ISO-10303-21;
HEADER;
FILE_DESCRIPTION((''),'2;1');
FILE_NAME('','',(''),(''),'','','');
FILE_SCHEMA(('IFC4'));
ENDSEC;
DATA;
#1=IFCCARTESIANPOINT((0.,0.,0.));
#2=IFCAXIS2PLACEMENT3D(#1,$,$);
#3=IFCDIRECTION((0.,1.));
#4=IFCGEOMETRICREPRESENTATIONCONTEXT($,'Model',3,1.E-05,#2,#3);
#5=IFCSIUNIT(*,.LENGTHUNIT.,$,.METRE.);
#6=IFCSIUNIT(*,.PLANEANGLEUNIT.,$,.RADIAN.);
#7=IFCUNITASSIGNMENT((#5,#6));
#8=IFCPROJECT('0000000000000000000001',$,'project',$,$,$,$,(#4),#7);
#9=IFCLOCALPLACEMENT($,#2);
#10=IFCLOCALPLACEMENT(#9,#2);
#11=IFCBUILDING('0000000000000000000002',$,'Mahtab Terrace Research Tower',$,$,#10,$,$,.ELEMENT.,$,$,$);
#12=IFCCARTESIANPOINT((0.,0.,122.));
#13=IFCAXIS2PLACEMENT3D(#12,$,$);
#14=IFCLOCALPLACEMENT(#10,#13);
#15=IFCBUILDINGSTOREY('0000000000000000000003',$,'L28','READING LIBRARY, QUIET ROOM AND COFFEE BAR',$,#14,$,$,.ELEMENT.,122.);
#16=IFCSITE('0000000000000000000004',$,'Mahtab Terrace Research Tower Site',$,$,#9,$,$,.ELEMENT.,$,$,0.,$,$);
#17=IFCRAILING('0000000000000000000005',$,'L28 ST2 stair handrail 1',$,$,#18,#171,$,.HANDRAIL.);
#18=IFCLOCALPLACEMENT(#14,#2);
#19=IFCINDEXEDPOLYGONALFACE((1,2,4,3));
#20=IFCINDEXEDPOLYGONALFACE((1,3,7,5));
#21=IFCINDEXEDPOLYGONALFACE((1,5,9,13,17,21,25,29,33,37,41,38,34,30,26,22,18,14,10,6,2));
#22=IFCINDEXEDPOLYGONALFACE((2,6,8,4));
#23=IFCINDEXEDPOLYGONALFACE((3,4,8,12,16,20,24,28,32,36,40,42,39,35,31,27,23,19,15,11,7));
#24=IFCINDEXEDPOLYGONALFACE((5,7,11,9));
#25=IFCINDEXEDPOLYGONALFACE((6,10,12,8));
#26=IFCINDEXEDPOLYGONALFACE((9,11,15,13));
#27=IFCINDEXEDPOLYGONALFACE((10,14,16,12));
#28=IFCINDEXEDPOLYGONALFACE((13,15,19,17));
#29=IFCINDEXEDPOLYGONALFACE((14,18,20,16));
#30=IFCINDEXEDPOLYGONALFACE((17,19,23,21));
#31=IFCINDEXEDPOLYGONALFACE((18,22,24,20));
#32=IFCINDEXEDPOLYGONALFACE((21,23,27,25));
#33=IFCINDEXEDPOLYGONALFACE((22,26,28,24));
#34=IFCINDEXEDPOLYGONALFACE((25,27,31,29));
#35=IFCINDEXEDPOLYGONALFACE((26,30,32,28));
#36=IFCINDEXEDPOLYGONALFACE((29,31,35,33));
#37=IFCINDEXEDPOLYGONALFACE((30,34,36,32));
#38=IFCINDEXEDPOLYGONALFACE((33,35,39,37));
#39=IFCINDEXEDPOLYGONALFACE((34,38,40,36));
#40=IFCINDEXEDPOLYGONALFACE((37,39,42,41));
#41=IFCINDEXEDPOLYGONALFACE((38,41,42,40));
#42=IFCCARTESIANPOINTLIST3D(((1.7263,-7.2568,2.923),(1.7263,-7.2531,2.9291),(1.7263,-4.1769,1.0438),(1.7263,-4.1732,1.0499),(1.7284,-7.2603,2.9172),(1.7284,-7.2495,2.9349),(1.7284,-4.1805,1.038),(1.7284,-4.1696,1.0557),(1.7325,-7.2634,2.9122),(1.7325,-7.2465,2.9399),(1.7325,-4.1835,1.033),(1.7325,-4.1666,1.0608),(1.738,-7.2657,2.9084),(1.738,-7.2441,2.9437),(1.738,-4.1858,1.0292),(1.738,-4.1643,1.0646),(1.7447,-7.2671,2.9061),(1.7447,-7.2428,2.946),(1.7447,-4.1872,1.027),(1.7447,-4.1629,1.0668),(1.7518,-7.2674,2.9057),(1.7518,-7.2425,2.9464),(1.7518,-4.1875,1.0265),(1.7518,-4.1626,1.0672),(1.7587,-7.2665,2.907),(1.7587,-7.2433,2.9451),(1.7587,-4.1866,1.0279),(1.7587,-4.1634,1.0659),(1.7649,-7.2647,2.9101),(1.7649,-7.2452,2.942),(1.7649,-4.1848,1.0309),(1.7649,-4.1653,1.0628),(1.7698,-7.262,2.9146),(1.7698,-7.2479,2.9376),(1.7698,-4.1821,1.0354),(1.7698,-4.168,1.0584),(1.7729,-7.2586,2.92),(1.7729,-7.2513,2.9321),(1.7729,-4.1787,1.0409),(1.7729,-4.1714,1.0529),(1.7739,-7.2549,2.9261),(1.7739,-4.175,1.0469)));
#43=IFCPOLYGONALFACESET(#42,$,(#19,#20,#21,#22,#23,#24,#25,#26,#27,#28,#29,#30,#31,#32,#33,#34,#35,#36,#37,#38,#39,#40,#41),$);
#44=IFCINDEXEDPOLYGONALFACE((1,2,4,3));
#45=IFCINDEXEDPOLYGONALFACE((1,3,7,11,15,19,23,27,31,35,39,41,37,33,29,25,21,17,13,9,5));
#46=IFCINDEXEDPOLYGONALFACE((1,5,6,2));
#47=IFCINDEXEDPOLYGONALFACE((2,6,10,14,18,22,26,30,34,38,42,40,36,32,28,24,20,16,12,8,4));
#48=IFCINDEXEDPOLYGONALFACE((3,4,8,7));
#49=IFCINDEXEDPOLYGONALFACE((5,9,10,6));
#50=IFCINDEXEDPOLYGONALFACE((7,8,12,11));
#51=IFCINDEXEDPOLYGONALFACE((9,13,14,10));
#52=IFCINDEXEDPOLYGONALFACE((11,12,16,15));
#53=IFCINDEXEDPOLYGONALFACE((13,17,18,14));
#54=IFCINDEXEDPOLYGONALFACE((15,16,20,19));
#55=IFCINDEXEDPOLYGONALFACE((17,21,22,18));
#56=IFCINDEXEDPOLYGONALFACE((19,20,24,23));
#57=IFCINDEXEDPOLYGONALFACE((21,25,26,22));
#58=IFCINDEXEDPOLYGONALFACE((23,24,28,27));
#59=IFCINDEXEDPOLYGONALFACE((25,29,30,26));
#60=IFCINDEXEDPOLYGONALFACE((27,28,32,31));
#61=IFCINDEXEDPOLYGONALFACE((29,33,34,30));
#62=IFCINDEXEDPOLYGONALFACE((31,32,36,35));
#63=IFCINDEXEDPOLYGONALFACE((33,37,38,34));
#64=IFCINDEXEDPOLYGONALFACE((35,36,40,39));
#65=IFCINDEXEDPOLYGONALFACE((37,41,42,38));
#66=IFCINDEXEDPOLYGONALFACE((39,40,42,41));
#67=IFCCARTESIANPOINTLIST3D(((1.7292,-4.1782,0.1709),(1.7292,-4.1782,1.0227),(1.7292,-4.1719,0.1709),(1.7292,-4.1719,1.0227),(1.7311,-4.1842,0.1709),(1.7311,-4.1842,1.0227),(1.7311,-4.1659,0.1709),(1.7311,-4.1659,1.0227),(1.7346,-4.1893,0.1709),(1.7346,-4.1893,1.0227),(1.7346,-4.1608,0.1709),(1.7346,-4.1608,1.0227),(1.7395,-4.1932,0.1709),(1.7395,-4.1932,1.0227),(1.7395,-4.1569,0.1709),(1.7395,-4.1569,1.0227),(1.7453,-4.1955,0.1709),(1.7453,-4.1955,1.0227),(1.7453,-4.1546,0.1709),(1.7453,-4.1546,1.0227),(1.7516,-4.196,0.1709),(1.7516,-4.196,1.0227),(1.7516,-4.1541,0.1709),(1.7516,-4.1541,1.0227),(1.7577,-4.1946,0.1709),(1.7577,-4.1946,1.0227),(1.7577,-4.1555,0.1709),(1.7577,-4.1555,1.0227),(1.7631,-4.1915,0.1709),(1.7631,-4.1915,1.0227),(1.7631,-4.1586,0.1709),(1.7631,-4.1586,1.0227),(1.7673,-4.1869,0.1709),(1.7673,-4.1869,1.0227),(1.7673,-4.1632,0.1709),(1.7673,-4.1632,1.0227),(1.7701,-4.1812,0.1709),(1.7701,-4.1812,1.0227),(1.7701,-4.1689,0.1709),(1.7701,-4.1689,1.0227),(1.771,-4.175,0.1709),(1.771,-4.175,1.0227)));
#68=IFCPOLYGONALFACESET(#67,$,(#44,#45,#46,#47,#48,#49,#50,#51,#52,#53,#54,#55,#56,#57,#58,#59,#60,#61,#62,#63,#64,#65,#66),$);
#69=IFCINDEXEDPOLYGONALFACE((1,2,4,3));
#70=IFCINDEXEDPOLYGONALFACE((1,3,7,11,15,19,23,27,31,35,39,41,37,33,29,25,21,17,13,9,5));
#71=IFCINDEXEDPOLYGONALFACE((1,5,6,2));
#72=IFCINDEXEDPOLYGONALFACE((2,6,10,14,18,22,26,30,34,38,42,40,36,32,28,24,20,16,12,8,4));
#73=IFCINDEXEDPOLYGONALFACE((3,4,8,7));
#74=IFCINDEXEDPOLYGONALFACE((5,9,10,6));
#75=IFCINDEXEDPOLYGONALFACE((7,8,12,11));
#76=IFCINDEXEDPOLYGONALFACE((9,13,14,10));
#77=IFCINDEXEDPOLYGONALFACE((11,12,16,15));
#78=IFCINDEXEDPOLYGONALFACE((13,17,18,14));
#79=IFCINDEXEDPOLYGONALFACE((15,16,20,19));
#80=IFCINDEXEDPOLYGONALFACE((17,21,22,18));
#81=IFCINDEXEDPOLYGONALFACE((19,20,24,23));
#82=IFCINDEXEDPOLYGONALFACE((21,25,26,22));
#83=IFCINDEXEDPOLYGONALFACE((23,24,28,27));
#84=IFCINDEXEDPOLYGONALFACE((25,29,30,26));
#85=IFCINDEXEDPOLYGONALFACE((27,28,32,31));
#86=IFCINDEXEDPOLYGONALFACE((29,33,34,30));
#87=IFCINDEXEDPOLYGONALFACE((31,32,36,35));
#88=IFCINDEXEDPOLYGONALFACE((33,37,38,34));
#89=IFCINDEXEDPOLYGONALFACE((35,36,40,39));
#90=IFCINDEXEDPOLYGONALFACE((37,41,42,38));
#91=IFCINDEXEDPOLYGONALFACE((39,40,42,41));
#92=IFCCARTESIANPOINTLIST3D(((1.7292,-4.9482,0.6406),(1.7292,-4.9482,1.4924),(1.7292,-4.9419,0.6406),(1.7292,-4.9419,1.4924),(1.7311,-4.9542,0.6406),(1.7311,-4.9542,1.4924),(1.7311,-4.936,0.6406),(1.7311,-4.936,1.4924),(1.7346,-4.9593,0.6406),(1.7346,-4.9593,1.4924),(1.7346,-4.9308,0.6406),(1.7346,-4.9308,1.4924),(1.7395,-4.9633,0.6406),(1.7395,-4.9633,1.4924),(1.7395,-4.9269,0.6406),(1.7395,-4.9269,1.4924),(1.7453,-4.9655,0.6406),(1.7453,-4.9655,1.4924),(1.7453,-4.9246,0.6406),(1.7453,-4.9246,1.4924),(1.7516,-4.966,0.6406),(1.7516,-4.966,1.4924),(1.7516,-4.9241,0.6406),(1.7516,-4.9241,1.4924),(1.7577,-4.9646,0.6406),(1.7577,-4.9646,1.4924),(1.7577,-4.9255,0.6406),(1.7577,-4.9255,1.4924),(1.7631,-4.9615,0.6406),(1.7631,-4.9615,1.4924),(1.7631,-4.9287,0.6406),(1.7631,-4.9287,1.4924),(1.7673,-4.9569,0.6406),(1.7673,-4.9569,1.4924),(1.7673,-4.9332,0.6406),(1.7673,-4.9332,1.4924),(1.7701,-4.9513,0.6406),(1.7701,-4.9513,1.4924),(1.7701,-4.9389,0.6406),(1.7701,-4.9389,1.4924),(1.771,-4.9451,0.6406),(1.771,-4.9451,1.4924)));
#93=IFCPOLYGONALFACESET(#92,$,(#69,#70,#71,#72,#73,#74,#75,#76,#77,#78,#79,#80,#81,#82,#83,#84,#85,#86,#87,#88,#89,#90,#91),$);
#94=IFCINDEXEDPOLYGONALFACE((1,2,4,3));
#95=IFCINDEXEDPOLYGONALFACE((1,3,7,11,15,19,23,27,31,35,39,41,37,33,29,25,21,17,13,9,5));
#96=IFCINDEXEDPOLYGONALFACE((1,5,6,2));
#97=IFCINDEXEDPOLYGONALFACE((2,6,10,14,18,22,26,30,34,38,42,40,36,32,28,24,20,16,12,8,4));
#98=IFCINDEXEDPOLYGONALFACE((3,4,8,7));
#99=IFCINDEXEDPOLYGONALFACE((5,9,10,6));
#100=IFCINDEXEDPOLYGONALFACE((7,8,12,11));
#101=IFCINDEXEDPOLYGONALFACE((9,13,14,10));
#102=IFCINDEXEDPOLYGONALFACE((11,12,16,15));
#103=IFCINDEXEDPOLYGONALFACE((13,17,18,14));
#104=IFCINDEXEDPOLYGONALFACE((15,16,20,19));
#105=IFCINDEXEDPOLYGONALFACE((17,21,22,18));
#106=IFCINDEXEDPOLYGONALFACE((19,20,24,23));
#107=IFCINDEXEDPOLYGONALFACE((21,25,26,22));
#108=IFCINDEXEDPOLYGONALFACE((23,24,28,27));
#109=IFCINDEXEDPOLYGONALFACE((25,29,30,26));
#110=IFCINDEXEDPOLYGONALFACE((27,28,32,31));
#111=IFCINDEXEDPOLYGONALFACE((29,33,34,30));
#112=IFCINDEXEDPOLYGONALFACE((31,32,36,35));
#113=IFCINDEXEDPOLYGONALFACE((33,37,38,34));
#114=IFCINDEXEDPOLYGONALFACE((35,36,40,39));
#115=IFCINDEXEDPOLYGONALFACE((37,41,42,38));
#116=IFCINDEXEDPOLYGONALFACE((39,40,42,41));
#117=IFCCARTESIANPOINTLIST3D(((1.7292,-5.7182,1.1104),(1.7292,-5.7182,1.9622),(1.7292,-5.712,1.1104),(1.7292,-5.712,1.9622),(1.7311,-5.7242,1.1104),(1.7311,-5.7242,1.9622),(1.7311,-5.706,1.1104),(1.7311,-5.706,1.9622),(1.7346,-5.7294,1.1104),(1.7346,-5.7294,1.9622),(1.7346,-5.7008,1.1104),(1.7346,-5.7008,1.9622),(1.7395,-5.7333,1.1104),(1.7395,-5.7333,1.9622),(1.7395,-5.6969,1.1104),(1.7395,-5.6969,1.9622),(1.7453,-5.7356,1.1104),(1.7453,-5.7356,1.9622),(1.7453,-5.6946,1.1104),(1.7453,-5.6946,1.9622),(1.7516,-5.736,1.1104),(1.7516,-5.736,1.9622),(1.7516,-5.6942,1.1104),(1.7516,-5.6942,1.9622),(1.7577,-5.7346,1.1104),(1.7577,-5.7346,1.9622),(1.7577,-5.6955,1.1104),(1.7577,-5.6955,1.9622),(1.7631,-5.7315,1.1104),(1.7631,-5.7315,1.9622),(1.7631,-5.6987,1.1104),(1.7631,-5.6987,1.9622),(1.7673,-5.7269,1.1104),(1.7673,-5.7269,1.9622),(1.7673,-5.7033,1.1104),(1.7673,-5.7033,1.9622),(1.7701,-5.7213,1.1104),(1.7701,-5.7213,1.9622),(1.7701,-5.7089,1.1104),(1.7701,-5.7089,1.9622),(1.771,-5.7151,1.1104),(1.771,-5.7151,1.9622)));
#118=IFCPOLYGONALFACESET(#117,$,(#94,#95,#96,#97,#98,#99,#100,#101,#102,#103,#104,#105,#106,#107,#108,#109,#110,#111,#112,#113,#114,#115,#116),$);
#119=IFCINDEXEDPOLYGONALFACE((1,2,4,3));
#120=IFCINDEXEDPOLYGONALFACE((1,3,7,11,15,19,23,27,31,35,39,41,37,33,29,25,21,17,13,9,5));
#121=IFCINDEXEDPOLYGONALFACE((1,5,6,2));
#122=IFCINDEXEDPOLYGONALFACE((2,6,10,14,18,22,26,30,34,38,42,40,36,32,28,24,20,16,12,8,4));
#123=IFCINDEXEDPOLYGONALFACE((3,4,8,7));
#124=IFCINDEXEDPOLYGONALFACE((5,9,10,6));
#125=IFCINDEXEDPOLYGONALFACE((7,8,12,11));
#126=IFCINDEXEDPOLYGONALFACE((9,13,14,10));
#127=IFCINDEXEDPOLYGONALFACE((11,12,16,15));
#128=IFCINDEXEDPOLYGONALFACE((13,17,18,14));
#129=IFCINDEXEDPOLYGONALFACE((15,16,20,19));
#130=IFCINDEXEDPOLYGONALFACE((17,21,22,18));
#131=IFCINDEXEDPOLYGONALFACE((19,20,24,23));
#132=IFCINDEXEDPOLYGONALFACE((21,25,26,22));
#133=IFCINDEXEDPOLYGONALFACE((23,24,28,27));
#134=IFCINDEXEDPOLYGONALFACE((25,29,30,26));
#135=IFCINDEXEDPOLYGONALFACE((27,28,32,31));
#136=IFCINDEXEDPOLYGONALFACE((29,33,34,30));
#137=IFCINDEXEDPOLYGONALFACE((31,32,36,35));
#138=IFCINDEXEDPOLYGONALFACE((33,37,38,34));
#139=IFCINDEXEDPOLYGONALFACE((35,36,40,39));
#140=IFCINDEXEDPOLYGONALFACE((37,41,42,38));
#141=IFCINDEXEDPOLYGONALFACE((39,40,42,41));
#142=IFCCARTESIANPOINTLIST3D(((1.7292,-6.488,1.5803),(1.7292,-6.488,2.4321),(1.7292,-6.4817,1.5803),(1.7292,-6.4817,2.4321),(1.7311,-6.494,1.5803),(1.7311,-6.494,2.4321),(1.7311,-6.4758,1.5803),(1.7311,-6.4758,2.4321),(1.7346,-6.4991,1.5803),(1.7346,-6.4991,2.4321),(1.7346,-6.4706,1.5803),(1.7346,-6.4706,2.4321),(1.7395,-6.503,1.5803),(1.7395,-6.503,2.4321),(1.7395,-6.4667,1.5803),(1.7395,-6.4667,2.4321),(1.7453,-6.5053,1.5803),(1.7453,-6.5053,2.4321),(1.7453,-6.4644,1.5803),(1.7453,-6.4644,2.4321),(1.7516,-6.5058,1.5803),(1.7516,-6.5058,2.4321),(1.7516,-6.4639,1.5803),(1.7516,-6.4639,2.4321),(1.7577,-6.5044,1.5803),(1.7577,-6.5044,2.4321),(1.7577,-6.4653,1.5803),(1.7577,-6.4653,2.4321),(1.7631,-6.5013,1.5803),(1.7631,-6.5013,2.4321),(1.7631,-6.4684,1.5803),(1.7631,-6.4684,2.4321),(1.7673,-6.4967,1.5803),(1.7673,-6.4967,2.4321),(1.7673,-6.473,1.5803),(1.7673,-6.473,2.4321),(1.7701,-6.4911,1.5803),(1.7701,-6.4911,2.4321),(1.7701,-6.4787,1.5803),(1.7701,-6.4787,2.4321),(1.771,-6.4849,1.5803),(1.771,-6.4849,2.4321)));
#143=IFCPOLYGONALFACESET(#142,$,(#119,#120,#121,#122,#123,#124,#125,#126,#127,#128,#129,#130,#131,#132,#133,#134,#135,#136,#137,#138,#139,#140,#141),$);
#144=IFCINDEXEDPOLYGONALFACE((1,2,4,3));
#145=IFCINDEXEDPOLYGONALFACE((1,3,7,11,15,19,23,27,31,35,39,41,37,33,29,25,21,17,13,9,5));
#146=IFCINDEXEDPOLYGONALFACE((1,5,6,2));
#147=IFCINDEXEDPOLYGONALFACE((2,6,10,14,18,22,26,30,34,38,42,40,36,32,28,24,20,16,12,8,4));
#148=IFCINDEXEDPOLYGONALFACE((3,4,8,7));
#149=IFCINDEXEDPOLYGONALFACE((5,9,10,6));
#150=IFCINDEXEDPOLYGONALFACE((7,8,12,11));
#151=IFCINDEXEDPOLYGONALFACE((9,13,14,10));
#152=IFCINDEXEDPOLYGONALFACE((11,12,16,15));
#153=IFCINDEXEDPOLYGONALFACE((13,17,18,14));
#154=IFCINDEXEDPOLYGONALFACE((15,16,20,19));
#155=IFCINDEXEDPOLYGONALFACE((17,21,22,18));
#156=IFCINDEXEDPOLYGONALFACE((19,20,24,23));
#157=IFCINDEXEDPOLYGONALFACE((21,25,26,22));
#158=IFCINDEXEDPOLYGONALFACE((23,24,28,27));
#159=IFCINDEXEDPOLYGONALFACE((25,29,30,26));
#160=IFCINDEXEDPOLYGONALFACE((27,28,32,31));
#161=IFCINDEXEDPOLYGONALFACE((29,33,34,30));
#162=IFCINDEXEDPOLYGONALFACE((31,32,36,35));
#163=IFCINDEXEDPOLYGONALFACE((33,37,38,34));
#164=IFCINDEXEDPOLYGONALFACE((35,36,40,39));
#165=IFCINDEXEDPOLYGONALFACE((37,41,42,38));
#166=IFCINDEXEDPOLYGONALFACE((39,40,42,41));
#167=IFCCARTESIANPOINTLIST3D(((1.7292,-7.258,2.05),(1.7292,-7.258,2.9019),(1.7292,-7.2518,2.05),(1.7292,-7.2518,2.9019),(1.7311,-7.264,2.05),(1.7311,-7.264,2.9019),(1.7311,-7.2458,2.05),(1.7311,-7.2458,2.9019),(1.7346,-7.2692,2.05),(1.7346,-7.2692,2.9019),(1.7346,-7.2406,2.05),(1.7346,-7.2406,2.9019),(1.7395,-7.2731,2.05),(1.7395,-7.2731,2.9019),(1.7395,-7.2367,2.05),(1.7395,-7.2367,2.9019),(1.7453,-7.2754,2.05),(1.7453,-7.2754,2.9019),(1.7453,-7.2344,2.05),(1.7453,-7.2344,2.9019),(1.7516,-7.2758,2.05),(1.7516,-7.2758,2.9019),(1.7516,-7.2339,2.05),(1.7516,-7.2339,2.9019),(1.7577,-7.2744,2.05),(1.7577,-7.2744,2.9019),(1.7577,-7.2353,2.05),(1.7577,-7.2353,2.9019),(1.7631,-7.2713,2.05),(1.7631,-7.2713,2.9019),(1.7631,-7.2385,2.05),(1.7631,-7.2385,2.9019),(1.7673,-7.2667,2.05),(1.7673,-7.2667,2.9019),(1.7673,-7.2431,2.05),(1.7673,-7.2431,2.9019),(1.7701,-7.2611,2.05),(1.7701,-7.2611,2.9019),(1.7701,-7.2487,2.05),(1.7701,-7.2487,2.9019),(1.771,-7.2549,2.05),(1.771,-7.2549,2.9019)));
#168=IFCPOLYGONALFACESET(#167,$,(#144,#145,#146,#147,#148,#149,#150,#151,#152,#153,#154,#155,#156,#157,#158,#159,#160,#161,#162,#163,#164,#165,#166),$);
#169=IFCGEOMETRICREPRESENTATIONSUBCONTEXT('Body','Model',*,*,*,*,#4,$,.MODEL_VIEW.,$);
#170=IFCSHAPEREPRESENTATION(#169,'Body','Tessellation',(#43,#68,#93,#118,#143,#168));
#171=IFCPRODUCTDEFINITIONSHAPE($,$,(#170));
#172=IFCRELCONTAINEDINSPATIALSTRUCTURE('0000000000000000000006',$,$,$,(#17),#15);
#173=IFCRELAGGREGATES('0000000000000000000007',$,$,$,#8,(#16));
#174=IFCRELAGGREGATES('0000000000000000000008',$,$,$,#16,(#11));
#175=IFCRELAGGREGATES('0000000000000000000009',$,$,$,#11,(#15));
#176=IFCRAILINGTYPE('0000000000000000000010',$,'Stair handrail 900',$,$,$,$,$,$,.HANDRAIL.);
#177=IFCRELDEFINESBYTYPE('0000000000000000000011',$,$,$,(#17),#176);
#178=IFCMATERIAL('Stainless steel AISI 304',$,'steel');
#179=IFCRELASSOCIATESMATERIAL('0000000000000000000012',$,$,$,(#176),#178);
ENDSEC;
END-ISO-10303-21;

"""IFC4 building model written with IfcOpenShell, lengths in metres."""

from ifc_helpers import new_model, si_unit, direction, frame, origin, origin_2d, place, context, subcontext, project, spatial, circle, extrude, material, type_object, element, save


model = new_model("IFC4")

# Units and contexts
model_context = context("Model", 3, precision=1e-05, world=origin(), true_north=direction((0.0, 1.0)))
body_context = subcontext(model_context, "Body", "Model", "MODEL_VIEW")
ifc_project = project(units=[si_unit("LENGTHUNIT", "METRE"), si_unit("PLANEANGLEUNIT", "RADIAN")], contexts=[model_context])

# Site, building, storey
site_placement = place(None, origin())
site = spatial("IfcSite", under=ifc_project, at=site_placement, Name="Mahtab Terrace Research Tower Site", CompositionType="ELEMENT", RefElevation=0.0)
building_placement = place(site_placement, origin())
building = spatial("IfcBuilding", under=site, at=building_placement, Name="Mahtab Terrace Research Tower", CompositionType="ELEMENT")
storey_placement = place(building_placement, frame((0.0, 0.0, 122.0)))
storey = spatial("IfcBuildingStorey", under=building, at=storey_placement, Name="L28", Description="READING LIBRARY, QUIET ROOM AND COFFEE BAR", CompositionType="ELEMENT", Elevation=122.0)

# Railing
ifc_material_1 = material(Name="Stainless steel AISI 304", Category="steel")
railing_type_1 = type_object("IfcRailingType", Name="Stair handrail 900", PredefinedType="HANDRAIL", material=ifc_material_1)
railing_1_placement = place(storey_placement, frame((1.75, -4.175, 0.1709)))
element("IfcRailing", 1, at=railing_1_placement, inside=storey, type_object=railing_type_1, Name="L28 ST2 stair handrail 1", PredefinedType="HANDRAIL", context=body_context, shape_type="SweptSolid", body=[
    extrude(circle(Radius=0.0239, at=origin_2d()), frame((0.0, 0.0, 0.876), z_axis=(0.0, -0.853648, 0.52085), x_axis=(1.0, 0.0, 0.0)), (0.0, 0.0, 1.0), 3.6079),
    extrude(circle(Radius=0.021, at=origin_2d()), origin(), (0.0, 0.0, 1.0), 0.8518),
    extrude(circle(Radius=0.021, at=origin_2d()), frame((0.0, -0.77, 0.4697)), (0.0, 0.0, 1.0), 0.8518),
    extrude(circle(Radius=0.021, at=origin_2d()), frame((0.0, -1.54, 0.9395)), (0.0, 0.0, 1.0), 0.8518),
    extrude(circle(Radius=0.021, at=origin_2d()), frame((0.0, -2.3098, 1.4094)), (0.0, 0.0, 1.0), 0.8518),
    extrude(circle(Radius=0.021, at=origin_2d()), frame((0.0, -3.0798, 1.8792)), (0.0, 0.0, 1.0), 0.8518),
])

save(model, "model.ifc")
